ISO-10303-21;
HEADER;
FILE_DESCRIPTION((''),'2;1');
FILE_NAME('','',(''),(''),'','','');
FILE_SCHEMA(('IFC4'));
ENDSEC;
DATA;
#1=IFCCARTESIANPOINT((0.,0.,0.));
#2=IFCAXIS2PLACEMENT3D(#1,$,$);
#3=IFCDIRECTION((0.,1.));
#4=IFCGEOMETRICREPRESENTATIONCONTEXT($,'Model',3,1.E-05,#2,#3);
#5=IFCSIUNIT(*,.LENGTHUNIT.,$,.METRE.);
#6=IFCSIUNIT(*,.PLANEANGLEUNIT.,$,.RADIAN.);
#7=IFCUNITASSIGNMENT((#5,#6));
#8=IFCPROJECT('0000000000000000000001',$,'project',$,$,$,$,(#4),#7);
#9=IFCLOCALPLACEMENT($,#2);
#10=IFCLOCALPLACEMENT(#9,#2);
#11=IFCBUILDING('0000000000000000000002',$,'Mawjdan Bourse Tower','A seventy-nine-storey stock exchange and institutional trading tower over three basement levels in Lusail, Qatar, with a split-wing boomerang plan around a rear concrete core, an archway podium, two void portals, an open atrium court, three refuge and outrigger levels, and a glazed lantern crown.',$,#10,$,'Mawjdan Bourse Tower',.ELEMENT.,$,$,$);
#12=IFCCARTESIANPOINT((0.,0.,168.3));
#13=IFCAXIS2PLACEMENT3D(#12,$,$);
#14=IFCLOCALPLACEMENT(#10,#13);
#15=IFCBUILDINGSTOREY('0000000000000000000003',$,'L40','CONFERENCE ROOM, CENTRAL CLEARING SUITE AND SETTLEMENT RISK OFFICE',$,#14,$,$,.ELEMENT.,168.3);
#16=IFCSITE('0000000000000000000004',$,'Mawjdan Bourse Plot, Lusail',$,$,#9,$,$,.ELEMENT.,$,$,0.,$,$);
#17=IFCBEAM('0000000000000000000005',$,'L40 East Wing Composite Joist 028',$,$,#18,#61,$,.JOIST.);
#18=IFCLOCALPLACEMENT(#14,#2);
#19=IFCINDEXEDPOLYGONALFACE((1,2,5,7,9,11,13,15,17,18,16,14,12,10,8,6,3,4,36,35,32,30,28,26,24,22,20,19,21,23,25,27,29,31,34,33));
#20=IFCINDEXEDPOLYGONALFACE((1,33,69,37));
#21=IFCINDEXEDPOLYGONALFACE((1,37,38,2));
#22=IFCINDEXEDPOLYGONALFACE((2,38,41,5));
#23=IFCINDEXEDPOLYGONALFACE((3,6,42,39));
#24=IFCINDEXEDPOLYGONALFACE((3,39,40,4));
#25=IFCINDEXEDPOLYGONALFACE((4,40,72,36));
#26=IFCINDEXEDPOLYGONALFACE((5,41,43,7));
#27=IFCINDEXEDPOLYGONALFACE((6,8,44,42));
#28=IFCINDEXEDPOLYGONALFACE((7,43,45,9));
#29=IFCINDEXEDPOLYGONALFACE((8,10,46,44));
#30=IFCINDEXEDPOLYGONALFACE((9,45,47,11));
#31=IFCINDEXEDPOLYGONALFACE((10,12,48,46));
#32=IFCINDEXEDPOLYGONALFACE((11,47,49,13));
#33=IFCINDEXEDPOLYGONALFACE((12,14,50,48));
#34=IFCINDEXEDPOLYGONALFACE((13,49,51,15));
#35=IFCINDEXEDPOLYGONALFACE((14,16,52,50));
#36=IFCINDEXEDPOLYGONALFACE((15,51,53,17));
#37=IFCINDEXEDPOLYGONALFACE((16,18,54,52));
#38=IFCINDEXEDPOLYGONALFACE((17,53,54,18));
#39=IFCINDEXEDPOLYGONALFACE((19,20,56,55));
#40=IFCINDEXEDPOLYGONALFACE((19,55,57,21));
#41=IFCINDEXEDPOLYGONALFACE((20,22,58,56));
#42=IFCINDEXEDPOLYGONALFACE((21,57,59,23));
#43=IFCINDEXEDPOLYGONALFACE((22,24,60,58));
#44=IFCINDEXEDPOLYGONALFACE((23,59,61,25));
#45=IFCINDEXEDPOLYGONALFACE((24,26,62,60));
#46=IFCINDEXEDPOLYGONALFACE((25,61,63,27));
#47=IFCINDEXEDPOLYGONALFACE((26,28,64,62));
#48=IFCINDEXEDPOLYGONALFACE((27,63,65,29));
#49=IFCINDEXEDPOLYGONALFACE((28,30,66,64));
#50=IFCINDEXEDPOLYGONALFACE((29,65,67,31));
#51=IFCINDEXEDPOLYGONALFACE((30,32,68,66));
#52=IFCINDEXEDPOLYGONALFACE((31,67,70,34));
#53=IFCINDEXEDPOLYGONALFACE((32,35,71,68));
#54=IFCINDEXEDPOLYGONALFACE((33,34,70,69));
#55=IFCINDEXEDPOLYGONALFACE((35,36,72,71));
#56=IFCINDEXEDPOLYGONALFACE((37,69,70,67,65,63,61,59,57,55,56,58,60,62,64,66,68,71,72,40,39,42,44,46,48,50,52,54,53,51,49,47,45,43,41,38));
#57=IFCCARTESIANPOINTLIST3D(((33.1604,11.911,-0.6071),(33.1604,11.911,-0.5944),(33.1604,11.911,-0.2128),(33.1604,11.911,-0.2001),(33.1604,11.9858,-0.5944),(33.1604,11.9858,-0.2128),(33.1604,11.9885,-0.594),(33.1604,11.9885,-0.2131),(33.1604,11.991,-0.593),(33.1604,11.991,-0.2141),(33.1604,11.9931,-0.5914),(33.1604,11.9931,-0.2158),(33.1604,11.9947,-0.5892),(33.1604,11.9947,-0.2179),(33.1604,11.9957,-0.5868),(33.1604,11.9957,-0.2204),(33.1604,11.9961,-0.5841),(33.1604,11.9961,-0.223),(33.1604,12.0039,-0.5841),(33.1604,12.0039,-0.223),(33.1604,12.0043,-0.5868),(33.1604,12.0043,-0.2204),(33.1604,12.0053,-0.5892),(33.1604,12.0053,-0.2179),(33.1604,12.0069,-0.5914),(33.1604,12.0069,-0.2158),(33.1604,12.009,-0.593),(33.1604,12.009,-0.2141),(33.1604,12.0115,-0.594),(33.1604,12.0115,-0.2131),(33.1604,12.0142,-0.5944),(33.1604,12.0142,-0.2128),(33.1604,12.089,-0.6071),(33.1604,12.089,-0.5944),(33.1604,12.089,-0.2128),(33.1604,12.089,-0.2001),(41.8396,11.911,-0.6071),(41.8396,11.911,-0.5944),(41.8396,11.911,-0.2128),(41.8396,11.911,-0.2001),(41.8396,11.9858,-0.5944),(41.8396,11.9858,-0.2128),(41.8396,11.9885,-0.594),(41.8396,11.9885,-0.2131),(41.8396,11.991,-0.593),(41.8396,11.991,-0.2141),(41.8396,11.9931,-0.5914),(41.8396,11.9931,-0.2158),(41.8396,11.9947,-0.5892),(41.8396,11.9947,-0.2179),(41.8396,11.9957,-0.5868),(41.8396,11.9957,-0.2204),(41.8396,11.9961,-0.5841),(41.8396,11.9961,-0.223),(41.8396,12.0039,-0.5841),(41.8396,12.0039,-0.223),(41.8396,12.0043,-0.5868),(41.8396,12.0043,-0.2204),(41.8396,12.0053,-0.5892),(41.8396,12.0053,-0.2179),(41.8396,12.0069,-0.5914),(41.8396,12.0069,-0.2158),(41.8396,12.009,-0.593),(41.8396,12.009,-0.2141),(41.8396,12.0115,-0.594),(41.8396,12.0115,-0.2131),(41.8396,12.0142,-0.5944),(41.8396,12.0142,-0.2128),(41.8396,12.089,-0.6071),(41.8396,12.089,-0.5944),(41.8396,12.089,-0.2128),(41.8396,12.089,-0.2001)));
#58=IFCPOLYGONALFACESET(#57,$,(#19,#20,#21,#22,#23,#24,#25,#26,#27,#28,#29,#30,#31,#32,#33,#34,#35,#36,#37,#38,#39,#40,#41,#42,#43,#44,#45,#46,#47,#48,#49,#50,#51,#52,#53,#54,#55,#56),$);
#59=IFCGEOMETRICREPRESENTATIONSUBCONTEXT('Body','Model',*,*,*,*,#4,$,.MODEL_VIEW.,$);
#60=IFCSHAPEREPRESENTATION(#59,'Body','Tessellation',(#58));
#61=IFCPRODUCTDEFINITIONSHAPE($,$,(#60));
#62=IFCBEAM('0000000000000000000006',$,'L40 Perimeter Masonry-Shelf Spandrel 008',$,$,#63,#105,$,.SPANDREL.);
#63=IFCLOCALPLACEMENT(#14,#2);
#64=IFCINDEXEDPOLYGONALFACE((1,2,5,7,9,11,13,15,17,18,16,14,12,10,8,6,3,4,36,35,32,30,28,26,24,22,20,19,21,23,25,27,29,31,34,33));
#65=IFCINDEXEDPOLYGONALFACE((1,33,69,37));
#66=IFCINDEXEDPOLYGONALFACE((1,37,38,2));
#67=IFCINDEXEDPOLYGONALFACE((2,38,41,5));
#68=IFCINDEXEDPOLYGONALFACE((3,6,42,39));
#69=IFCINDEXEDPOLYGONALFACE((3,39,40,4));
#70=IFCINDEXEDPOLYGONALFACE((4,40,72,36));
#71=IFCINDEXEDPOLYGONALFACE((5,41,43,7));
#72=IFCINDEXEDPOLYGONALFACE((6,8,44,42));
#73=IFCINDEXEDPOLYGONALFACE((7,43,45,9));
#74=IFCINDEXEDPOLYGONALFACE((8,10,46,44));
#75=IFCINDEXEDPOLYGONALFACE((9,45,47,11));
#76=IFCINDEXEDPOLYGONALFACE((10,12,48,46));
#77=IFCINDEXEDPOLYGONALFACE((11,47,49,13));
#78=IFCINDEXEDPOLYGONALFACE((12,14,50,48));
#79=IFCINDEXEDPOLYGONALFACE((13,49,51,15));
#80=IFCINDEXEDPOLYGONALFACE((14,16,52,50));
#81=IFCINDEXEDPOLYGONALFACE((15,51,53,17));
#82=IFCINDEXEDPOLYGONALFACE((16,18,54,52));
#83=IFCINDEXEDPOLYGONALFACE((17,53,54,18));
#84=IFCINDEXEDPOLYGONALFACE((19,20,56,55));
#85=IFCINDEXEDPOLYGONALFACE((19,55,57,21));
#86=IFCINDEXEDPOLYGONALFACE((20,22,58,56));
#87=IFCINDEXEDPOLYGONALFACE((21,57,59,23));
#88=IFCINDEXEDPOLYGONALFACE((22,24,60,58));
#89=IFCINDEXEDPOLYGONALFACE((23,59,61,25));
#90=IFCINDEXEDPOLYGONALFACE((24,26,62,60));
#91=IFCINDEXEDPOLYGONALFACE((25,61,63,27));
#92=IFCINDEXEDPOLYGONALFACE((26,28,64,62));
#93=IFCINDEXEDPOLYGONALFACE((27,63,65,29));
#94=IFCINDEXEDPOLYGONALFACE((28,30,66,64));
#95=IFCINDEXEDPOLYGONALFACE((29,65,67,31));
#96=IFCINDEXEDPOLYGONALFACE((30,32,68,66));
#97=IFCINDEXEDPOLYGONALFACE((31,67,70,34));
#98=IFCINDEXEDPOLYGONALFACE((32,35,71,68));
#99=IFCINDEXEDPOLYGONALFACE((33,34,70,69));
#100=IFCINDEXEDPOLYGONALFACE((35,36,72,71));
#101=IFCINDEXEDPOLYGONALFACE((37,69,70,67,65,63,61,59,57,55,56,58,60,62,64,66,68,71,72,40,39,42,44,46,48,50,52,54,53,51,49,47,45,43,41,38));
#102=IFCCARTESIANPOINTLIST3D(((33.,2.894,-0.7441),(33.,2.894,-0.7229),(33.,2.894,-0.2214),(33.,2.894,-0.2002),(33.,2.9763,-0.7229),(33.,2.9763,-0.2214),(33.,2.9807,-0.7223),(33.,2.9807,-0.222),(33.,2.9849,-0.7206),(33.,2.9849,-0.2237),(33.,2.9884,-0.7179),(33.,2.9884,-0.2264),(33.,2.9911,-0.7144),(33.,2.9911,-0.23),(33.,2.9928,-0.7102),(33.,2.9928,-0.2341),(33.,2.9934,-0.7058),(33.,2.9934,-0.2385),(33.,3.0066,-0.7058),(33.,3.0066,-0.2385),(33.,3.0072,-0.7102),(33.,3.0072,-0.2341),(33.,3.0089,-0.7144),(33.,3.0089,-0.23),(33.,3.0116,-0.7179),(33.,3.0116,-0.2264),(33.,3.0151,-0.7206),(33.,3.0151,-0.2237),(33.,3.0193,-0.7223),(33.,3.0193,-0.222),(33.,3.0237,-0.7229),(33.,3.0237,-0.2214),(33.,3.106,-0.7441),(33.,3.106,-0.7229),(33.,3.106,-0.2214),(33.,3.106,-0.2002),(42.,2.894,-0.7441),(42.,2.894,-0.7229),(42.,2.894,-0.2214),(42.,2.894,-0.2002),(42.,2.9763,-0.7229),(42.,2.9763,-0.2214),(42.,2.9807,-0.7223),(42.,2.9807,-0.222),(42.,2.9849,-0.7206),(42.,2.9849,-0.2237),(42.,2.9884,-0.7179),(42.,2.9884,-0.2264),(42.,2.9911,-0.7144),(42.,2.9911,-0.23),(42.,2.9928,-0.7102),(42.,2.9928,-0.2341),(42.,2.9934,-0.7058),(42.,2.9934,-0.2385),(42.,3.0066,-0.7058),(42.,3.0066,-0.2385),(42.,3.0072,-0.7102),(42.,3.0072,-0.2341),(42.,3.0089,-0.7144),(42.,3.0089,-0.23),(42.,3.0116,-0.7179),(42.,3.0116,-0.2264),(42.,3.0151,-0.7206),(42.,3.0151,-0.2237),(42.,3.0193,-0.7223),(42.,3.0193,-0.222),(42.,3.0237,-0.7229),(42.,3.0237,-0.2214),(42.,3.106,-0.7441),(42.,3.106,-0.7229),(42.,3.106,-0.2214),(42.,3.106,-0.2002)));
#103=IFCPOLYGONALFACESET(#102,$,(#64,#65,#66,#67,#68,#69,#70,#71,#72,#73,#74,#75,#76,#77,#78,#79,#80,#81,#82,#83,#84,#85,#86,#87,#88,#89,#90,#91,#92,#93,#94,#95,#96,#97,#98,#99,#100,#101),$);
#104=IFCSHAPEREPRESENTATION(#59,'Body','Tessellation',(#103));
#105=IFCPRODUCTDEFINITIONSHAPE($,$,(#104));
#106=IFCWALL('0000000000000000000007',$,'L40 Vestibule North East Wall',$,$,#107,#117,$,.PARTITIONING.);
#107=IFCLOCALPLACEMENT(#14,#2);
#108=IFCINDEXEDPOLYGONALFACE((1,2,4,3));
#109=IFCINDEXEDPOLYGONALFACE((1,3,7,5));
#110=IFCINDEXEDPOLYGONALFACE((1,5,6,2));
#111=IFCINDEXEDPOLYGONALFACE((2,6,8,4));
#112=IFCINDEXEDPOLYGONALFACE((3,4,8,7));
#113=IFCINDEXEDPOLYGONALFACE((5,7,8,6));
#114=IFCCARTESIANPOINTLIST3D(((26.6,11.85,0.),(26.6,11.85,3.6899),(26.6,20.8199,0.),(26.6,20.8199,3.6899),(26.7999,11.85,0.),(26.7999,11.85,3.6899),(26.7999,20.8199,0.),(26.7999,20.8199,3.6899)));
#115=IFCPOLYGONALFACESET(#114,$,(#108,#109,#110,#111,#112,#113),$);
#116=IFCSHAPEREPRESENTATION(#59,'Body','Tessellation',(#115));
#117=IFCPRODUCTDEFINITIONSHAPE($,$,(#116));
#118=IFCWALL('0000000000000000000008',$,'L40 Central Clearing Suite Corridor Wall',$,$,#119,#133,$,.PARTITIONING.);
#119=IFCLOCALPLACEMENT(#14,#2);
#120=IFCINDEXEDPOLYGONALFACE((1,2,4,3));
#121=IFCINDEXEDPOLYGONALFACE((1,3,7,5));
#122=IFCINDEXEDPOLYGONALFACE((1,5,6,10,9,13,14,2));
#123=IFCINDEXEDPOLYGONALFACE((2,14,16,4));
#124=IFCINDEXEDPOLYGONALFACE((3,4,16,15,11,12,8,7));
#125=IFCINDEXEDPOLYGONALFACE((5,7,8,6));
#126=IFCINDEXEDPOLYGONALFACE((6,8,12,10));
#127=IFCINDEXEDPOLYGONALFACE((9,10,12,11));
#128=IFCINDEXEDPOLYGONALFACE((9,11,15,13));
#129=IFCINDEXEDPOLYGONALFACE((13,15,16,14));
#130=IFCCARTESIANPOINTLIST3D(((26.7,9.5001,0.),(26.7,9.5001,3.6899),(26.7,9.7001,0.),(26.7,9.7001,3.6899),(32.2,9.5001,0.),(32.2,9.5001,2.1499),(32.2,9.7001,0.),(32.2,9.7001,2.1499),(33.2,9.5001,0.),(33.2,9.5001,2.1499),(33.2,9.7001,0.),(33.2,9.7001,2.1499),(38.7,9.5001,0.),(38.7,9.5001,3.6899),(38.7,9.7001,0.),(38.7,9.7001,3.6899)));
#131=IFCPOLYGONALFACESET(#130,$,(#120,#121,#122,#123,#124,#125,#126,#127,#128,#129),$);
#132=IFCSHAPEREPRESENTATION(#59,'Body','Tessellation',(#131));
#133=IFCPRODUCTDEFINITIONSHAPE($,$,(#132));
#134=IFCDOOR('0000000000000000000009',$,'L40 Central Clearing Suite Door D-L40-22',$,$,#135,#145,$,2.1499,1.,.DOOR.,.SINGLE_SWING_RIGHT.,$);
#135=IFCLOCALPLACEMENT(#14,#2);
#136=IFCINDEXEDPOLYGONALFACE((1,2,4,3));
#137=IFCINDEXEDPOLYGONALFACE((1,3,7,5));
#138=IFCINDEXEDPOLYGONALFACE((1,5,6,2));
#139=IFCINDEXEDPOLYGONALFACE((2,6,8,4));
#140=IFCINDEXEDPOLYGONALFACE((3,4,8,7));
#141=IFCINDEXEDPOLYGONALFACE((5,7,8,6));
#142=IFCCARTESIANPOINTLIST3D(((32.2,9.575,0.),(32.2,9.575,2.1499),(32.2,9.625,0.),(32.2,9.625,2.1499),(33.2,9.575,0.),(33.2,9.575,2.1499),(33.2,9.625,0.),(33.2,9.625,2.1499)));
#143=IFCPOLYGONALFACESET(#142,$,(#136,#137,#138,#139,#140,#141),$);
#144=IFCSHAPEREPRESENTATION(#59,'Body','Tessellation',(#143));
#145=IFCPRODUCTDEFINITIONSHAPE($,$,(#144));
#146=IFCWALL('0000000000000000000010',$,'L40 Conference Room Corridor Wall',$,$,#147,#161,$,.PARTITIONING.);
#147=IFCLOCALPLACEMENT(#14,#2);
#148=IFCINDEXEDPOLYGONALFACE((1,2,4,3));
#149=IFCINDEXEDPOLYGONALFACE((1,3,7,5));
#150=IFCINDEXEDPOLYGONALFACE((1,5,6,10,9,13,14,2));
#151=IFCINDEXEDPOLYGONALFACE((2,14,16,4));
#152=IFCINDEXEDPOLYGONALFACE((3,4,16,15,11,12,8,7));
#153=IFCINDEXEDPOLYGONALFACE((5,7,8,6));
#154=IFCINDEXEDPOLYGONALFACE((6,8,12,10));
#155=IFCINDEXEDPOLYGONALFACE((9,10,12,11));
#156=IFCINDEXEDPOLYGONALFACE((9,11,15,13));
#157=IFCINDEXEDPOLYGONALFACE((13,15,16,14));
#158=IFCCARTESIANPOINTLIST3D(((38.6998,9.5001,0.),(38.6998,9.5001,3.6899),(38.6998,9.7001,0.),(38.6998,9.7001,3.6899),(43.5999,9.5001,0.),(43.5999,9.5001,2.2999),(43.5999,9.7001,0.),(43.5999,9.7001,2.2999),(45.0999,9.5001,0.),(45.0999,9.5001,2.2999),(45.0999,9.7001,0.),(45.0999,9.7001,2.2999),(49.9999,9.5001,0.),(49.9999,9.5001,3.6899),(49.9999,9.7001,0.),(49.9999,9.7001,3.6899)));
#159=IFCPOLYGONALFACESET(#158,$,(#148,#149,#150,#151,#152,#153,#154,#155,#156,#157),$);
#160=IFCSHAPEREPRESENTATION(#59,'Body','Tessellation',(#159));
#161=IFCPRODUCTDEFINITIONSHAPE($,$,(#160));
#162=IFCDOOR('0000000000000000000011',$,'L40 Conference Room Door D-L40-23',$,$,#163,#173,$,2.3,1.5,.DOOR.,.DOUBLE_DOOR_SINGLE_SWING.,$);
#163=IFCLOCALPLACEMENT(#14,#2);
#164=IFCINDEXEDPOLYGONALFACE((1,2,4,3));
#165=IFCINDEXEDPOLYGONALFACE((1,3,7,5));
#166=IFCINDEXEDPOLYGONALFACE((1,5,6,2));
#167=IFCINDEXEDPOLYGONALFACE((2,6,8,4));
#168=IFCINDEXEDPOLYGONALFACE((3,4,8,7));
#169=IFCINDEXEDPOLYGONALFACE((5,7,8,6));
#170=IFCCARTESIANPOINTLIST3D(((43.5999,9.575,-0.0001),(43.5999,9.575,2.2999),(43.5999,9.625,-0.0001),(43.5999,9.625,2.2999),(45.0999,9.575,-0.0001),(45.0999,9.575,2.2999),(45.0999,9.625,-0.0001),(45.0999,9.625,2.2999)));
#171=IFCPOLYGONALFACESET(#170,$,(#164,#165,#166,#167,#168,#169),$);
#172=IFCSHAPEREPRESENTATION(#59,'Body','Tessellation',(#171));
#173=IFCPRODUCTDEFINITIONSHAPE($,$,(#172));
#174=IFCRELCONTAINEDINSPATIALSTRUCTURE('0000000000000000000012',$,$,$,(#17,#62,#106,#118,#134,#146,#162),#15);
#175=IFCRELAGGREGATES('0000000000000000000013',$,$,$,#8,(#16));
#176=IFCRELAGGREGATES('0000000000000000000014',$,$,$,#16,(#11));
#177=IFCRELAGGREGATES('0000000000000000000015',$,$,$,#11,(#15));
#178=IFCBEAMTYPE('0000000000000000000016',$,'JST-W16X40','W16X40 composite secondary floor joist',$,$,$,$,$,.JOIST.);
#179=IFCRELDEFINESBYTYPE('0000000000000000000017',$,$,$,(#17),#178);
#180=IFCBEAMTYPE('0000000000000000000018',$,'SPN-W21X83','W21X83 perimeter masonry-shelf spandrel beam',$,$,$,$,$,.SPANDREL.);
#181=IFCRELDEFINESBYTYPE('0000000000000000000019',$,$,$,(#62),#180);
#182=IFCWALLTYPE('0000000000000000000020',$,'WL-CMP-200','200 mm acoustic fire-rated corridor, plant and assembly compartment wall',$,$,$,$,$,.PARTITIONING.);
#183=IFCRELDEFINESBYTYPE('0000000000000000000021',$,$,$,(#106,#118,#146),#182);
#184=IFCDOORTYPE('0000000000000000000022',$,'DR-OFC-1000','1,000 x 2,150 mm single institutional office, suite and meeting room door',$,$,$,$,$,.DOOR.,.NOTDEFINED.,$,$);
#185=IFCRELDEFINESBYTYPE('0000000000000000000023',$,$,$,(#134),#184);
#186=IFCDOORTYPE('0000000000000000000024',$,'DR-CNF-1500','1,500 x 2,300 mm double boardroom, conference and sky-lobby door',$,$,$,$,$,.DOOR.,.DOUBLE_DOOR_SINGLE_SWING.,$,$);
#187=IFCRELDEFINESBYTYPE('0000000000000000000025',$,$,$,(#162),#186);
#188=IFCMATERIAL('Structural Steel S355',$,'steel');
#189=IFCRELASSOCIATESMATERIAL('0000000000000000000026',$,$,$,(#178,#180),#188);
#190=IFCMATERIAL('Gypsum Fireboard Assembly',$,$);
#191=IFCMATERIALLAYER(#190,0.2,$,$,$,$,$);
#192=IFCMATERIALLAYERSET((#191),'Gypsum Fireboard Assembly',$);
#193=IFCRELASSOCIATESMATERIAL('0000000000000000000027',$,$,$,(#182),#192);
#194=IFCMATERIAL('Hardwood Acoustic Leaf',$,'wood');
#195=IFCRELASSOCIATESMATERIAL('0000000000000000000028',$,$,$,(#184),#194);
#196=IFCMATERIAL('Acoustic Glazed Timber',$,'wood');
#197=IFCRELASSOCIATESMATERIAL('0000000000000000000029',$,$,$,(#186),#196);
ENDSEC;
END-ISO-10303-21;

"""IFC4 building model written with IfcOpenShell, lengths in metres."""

from ifc_helpers import new_model, si_unit, direction, frame, frame_2d, origin, origin_2d, place, context, subcontext, project, spatial, rectangle, i_section, extrude, material, layer, layer_set, material_profile, profile_set, type_object, element, fill, save


model = new_model("IFC4")

# Units and contexts
model_context = context("Model", 3, precision=1e-05, world=origin(), true_north=direction((0.0, 1.0)))
body_context = subcontext(model_context, "Body", "Model", "MODEL_VIEW")
ifc_project = project(units=[si_unit("LENGTHUNIT", "METRE"), si_unit("PLANEANGLEUNIT", "RADIAN")], contexts=[model_context])

# Site, building, storey
site_placement = place(None, origin())
site = spatial("IfcSite", under=ifc_project, at=site_placement, Name="Mawjdan Bourse Plot, Lusail", CompositionType="ELEMENT", RefElevation=0.0)
building_placement = place(site_placement, origin())
building = spatial("IfcBuilding", under=site, at=building_placement, Name="Mawjdan Bourse Tower", Description="A seventy-nine-storey stock exchange and institutional trading tower over three basement levels in Lusail, Qatar, with a split-wing boomerang plan around a rear concrete core, an archway podium, two void portals, an open atrium court, three refuge and outrigger levels, and a glazed lantern crown.", LongName="Mawjdan Bourse Tower", CompositionType="ELEMENT")
storey_placement = place(building_placement, frame((0.0, 0.0, 168.3)))
storey = spatial("IfcBuildingStorey", under=building, at=storey_placement, Name="L40", Description="CONFERENCE ROOM, CENTRAL CLEARING SUITE AND SETTLEMENT RISK OFFICE", CompositionType="ELEMENT", Elevation=168.3)

# Beams
ifc_material_1 = material(Name="Structural Steel S355", Category="steel")
ifc_material_profile_1 = material_profile(ifc_material_1, i_section(OverallWidth=0.178, OverallDepth=0.407, WebThickness=0.0078, FlangeThickness=0.0127, FilletRadius=0.0103, at=origin_2d()), Name="W16X40")
ifc_profile_set_1 = profile_set([ifc_material_profile_1], Name="Structural Steel S355")
beam_type_1 = type_object("IfcBeamType", Name="JST-W16X40", Description="W16X40 composite secondary floor joist", PredefinedType="JOIST", material=ifc_profile_set_1)
for number, where, z_axis, x_axis, name in (
    (1, (33.1604, 12.0, -0.4036), (1.0, 0.0, 0.0), (0.0, 1.0, 0.0), "L40 East Wing Composite Joist 028"),
):
    element("IfcBeam", number, at=place(storey_placement, frame(where, z_axis=z_axis, x_axis=x_axis)), inside=storey, type_object=beam_type_1, Name=name, PredefinedType="JOIST", context=body_context, shape_type="SweptSolid", body=[
        extrude(i_section(OverallWidth=0.178, OverallDepth=0.407, WebThickness=0.0078, FlangeThickness=0.0127, FilletRadius=0.0103, at=origin_2d()), origin(), (0.0, 0.0, 1.0), 8.6792),
    ])
ifc_material_profile_2 = material_profile(ifc_material_1, i_section(OverallWidth=0.2119, OverallDepth=0.5439, WebThickness=0.0132, FlangeThickness=0.0212, FilletRadius=0.0171, at=origin_2d()), Name="W21X83")
ifc_profile_set_2 = profile_set([ifc_material_profile_2], Name="Structural Steel S355")
beam_type_2 = type_object("IfcBeamType", Name="SPN-W21X83", Description="W21X83 perimeter masonry-shelf spandrel beam", PredefinedType="SPANDREL", material=ifc_profile_set_2)
beam_1_placement = place(storey_placement, frame((33.0, 3.0, -0.4722), z_axis=(1.0, 0.0, 0.0), x_axis=(0.0, 1.0, 0.0)))
element("IfcBeam", 2, at=beam_1_placement, inside=storey, type_object=beam_type_2, Name="L40 Perimeter Masonry-Shelf Spandrel 008", PredefinedType="SPANDREL", context=body_context, shape_type="SweptSolid", body=[
    extrude(i_section(OverallWidth=0.2119, OverallDepth=0.5439, WebThickness=0.0132, FlangeThickness=0.0212, FilletRadius=0.0171, at=origin_2d()), origin(), (0.0, 0.0, 1.0), 9.0),
])

# Wall
ifc_material_2 = material(Name="Gypsum Fireboard Assembly")
ifc_layer_1 = layer(ifc_material_2, 0.2)
ifc_layer_set_1 = layer_set([ifc_layer_1], Name="Gypsum Fireboard Assembly")
wall_type_1 = type_object("IfcWallType", Name="WL-CMP-200", Description="200 mm acoustic fire-rated corridor, plant and assembly compartment wall", PredefinedType="PARTITIONING", material=ifc_layer_set_1)
wall_1_placement = place(storey_placement, frame((26.7, 11.8501, 0.0), z_axis=(0.0, 0.0, 1.0), x_axis=(0.0, 1.0, 0.0)))
element("IfcWall", 3, at=wall_1_placement, inside=storey, type_object=wall_type_1, Name="L40 Vestibule North East Wall", PredefinedType="PARTITIONING", context=body_context, shape_type="SweptSolid", body=[
    extrude(rectangle(XDim=8.97, YDim=0.2, at=frame_2d((4.4849, 0.0))), origin(), (0.0, 0.0, 1.0), 3.6899),
])

# Walls, openings, doors
wall_2_placement = place(storey_placement, frame((26.7, 9.6001, 0.0), z_axis=(0.0, 0.0, 1.0), x_axis=(1.0, 0.0, 0.0)))
wall_2 = element("IfcWall", 4, at=wall_2_placement, inside=storey, type_object=wall_type_1, Name="L40 Central Clearing Suite Corridor Wall", PredefinedType="PARTITIONING", context=body_context, shape_type="SweptSolid", body=[
    extrude(rectangle(XDim=12.0, YDim=0.2, at=frame_2d((6.0, 0.0))), origin(), (0.0, 0.0, 1.0), 3.6899),
])
opening_1_placement = place(wall_2_placement, frame((5.5, 0.0, 0.0)))
opening_1 = element("IfcOpeningElement", 5, at=opening_1_placement, cuts=wall_2, PredefinedType="OPENING", context=body_context, shape_type="SweptSolid", body=[
    extrude(rectangle(XDim=1.0, YDim=2.1499, at=frame_2d((0.5, 1.075))), frame((0.0, 0.1099, 0.0), z_axis=(0.0, -1.0, 0.0), x_axis=(1.0, 0.0, 0.0)), (0.0, 0.0, 1.0), 0.22),
])
ifc_material_3 = material(Name="Hardwood Acoustic Leaf", Category="wood")
door_type_1 = type_object("IfcDoorType", Name="DR-OFC-1000", Description="1,000 x 2,150 mm single institutional office, suite and meeting room door", OperationType="NOTDEFINED", PredefinedType="DOOR", material=ifc_material_3)
door_1_placement = place(opening_1_placement, origin())
door_1 = element("IfcDoor", 6, at=door_1_placement, inside=storey, type_object=door_type_1, Name="L40 Central Clearing Suite Door D-L40-22", OperationType="SINGLE_SWING_RIGHT", OverallHeight=2.1499, OverallWidth=1.0, PredefinedType="DOOR", context=body_context, shape_type="SweptSolid", body=[
    extrude(rectangle(XDim=1.0, YDim=2.1499, at=frame_2d((0.5, 1.075))), frame((0.0, 0.0249, 0.0), z_axis=(0.0, -1.0, 0.0), x_axis=(1.0, 0.0, 0.0)), (0.0, 0.0, 1.0), 0.05),
])
fill(opening_1, door_1)
wall_3_placement = place(storey_placement, frame((38.7, 9.6001, 0.0), z_axis=(0.0, 0.0, 1.0), x_axis=(1.0, 0.0, 0.0)))
wall_3 = element("IfcWall", 7, at=wall_3_placement, inside=storey, type_object=wall_type_1, Name="L40 Conference Room Corridor Wall", PredefinedType="PARTITIONING", context=body_context, shape_type="SweptSolid", body=[
    extrude(rectangle(XDim=11.3, YDim=0.2, at=frame_2d((5.6499, 0.0))), origin(), (0.0, 0.0, 1.0), 3.6899),
])
opening_2_placement = place(wall_3_placement, frame((4.8999, 0.0, 0.0)))
opening_2 = element("IfcOpeningElement", 8, at=opening_2_placement, cuts=wall_3, PredefinedType="OPENING", context=body_context, shape_type="SweptSolid", body=[
    extrude(rectangle(XDim=1.5, YDim=2.3, at=frame_2d((0.75, 1.1499))), frame((0.0, 0.1099, 0.0), z_axis=(0.0, -1.0, 0.0), x_axis=(1.0, 0.0, 0.0)), (0.0, 0.0, 1.0), 0.22),
])
ifc_material_4 = material(Name="Acoustic Glazed Timber", Category="wood")
door_type_2 = type_object("IfcDoorType", Name="DR-CNF-1500", Description="1,500 x 2,300 mm double boardroom, conference and sky-lobby door", OperationType="DOUBLE_DOOR_SINGLE_SWING", PredefinedType="DOOR", material=ifc_material_4)
door_2_placement = place(opening_2_placement, origin())
door_2 = element("IfcDoor", 9, at=door_2_placement, inside=storey, type_object=door_type_2, Name="L40 Conference Room Door D-L40-23", OperationType="DOUBLE_DOOR_SINGLE_SWING", OverallHeight=2.3, OverallWidth=1.5, PredefinedType="DOOR", context=body_context, shape_type="SweptSolid", body=[
    extrude(rectangle(XDim=1.5, YDim=2.3, at=frame_2d((0.75, 1.1499))), frame((0.0, 0.0249, 0.0), z_axis=(0.0, -1.0, 0.0), x_axis=(1.0, 0.0, 0.0)), (0.0, 0.0, 1.0), 0.05),
])
fill(opening_2, door_2)

save(model, "model.ifc")
